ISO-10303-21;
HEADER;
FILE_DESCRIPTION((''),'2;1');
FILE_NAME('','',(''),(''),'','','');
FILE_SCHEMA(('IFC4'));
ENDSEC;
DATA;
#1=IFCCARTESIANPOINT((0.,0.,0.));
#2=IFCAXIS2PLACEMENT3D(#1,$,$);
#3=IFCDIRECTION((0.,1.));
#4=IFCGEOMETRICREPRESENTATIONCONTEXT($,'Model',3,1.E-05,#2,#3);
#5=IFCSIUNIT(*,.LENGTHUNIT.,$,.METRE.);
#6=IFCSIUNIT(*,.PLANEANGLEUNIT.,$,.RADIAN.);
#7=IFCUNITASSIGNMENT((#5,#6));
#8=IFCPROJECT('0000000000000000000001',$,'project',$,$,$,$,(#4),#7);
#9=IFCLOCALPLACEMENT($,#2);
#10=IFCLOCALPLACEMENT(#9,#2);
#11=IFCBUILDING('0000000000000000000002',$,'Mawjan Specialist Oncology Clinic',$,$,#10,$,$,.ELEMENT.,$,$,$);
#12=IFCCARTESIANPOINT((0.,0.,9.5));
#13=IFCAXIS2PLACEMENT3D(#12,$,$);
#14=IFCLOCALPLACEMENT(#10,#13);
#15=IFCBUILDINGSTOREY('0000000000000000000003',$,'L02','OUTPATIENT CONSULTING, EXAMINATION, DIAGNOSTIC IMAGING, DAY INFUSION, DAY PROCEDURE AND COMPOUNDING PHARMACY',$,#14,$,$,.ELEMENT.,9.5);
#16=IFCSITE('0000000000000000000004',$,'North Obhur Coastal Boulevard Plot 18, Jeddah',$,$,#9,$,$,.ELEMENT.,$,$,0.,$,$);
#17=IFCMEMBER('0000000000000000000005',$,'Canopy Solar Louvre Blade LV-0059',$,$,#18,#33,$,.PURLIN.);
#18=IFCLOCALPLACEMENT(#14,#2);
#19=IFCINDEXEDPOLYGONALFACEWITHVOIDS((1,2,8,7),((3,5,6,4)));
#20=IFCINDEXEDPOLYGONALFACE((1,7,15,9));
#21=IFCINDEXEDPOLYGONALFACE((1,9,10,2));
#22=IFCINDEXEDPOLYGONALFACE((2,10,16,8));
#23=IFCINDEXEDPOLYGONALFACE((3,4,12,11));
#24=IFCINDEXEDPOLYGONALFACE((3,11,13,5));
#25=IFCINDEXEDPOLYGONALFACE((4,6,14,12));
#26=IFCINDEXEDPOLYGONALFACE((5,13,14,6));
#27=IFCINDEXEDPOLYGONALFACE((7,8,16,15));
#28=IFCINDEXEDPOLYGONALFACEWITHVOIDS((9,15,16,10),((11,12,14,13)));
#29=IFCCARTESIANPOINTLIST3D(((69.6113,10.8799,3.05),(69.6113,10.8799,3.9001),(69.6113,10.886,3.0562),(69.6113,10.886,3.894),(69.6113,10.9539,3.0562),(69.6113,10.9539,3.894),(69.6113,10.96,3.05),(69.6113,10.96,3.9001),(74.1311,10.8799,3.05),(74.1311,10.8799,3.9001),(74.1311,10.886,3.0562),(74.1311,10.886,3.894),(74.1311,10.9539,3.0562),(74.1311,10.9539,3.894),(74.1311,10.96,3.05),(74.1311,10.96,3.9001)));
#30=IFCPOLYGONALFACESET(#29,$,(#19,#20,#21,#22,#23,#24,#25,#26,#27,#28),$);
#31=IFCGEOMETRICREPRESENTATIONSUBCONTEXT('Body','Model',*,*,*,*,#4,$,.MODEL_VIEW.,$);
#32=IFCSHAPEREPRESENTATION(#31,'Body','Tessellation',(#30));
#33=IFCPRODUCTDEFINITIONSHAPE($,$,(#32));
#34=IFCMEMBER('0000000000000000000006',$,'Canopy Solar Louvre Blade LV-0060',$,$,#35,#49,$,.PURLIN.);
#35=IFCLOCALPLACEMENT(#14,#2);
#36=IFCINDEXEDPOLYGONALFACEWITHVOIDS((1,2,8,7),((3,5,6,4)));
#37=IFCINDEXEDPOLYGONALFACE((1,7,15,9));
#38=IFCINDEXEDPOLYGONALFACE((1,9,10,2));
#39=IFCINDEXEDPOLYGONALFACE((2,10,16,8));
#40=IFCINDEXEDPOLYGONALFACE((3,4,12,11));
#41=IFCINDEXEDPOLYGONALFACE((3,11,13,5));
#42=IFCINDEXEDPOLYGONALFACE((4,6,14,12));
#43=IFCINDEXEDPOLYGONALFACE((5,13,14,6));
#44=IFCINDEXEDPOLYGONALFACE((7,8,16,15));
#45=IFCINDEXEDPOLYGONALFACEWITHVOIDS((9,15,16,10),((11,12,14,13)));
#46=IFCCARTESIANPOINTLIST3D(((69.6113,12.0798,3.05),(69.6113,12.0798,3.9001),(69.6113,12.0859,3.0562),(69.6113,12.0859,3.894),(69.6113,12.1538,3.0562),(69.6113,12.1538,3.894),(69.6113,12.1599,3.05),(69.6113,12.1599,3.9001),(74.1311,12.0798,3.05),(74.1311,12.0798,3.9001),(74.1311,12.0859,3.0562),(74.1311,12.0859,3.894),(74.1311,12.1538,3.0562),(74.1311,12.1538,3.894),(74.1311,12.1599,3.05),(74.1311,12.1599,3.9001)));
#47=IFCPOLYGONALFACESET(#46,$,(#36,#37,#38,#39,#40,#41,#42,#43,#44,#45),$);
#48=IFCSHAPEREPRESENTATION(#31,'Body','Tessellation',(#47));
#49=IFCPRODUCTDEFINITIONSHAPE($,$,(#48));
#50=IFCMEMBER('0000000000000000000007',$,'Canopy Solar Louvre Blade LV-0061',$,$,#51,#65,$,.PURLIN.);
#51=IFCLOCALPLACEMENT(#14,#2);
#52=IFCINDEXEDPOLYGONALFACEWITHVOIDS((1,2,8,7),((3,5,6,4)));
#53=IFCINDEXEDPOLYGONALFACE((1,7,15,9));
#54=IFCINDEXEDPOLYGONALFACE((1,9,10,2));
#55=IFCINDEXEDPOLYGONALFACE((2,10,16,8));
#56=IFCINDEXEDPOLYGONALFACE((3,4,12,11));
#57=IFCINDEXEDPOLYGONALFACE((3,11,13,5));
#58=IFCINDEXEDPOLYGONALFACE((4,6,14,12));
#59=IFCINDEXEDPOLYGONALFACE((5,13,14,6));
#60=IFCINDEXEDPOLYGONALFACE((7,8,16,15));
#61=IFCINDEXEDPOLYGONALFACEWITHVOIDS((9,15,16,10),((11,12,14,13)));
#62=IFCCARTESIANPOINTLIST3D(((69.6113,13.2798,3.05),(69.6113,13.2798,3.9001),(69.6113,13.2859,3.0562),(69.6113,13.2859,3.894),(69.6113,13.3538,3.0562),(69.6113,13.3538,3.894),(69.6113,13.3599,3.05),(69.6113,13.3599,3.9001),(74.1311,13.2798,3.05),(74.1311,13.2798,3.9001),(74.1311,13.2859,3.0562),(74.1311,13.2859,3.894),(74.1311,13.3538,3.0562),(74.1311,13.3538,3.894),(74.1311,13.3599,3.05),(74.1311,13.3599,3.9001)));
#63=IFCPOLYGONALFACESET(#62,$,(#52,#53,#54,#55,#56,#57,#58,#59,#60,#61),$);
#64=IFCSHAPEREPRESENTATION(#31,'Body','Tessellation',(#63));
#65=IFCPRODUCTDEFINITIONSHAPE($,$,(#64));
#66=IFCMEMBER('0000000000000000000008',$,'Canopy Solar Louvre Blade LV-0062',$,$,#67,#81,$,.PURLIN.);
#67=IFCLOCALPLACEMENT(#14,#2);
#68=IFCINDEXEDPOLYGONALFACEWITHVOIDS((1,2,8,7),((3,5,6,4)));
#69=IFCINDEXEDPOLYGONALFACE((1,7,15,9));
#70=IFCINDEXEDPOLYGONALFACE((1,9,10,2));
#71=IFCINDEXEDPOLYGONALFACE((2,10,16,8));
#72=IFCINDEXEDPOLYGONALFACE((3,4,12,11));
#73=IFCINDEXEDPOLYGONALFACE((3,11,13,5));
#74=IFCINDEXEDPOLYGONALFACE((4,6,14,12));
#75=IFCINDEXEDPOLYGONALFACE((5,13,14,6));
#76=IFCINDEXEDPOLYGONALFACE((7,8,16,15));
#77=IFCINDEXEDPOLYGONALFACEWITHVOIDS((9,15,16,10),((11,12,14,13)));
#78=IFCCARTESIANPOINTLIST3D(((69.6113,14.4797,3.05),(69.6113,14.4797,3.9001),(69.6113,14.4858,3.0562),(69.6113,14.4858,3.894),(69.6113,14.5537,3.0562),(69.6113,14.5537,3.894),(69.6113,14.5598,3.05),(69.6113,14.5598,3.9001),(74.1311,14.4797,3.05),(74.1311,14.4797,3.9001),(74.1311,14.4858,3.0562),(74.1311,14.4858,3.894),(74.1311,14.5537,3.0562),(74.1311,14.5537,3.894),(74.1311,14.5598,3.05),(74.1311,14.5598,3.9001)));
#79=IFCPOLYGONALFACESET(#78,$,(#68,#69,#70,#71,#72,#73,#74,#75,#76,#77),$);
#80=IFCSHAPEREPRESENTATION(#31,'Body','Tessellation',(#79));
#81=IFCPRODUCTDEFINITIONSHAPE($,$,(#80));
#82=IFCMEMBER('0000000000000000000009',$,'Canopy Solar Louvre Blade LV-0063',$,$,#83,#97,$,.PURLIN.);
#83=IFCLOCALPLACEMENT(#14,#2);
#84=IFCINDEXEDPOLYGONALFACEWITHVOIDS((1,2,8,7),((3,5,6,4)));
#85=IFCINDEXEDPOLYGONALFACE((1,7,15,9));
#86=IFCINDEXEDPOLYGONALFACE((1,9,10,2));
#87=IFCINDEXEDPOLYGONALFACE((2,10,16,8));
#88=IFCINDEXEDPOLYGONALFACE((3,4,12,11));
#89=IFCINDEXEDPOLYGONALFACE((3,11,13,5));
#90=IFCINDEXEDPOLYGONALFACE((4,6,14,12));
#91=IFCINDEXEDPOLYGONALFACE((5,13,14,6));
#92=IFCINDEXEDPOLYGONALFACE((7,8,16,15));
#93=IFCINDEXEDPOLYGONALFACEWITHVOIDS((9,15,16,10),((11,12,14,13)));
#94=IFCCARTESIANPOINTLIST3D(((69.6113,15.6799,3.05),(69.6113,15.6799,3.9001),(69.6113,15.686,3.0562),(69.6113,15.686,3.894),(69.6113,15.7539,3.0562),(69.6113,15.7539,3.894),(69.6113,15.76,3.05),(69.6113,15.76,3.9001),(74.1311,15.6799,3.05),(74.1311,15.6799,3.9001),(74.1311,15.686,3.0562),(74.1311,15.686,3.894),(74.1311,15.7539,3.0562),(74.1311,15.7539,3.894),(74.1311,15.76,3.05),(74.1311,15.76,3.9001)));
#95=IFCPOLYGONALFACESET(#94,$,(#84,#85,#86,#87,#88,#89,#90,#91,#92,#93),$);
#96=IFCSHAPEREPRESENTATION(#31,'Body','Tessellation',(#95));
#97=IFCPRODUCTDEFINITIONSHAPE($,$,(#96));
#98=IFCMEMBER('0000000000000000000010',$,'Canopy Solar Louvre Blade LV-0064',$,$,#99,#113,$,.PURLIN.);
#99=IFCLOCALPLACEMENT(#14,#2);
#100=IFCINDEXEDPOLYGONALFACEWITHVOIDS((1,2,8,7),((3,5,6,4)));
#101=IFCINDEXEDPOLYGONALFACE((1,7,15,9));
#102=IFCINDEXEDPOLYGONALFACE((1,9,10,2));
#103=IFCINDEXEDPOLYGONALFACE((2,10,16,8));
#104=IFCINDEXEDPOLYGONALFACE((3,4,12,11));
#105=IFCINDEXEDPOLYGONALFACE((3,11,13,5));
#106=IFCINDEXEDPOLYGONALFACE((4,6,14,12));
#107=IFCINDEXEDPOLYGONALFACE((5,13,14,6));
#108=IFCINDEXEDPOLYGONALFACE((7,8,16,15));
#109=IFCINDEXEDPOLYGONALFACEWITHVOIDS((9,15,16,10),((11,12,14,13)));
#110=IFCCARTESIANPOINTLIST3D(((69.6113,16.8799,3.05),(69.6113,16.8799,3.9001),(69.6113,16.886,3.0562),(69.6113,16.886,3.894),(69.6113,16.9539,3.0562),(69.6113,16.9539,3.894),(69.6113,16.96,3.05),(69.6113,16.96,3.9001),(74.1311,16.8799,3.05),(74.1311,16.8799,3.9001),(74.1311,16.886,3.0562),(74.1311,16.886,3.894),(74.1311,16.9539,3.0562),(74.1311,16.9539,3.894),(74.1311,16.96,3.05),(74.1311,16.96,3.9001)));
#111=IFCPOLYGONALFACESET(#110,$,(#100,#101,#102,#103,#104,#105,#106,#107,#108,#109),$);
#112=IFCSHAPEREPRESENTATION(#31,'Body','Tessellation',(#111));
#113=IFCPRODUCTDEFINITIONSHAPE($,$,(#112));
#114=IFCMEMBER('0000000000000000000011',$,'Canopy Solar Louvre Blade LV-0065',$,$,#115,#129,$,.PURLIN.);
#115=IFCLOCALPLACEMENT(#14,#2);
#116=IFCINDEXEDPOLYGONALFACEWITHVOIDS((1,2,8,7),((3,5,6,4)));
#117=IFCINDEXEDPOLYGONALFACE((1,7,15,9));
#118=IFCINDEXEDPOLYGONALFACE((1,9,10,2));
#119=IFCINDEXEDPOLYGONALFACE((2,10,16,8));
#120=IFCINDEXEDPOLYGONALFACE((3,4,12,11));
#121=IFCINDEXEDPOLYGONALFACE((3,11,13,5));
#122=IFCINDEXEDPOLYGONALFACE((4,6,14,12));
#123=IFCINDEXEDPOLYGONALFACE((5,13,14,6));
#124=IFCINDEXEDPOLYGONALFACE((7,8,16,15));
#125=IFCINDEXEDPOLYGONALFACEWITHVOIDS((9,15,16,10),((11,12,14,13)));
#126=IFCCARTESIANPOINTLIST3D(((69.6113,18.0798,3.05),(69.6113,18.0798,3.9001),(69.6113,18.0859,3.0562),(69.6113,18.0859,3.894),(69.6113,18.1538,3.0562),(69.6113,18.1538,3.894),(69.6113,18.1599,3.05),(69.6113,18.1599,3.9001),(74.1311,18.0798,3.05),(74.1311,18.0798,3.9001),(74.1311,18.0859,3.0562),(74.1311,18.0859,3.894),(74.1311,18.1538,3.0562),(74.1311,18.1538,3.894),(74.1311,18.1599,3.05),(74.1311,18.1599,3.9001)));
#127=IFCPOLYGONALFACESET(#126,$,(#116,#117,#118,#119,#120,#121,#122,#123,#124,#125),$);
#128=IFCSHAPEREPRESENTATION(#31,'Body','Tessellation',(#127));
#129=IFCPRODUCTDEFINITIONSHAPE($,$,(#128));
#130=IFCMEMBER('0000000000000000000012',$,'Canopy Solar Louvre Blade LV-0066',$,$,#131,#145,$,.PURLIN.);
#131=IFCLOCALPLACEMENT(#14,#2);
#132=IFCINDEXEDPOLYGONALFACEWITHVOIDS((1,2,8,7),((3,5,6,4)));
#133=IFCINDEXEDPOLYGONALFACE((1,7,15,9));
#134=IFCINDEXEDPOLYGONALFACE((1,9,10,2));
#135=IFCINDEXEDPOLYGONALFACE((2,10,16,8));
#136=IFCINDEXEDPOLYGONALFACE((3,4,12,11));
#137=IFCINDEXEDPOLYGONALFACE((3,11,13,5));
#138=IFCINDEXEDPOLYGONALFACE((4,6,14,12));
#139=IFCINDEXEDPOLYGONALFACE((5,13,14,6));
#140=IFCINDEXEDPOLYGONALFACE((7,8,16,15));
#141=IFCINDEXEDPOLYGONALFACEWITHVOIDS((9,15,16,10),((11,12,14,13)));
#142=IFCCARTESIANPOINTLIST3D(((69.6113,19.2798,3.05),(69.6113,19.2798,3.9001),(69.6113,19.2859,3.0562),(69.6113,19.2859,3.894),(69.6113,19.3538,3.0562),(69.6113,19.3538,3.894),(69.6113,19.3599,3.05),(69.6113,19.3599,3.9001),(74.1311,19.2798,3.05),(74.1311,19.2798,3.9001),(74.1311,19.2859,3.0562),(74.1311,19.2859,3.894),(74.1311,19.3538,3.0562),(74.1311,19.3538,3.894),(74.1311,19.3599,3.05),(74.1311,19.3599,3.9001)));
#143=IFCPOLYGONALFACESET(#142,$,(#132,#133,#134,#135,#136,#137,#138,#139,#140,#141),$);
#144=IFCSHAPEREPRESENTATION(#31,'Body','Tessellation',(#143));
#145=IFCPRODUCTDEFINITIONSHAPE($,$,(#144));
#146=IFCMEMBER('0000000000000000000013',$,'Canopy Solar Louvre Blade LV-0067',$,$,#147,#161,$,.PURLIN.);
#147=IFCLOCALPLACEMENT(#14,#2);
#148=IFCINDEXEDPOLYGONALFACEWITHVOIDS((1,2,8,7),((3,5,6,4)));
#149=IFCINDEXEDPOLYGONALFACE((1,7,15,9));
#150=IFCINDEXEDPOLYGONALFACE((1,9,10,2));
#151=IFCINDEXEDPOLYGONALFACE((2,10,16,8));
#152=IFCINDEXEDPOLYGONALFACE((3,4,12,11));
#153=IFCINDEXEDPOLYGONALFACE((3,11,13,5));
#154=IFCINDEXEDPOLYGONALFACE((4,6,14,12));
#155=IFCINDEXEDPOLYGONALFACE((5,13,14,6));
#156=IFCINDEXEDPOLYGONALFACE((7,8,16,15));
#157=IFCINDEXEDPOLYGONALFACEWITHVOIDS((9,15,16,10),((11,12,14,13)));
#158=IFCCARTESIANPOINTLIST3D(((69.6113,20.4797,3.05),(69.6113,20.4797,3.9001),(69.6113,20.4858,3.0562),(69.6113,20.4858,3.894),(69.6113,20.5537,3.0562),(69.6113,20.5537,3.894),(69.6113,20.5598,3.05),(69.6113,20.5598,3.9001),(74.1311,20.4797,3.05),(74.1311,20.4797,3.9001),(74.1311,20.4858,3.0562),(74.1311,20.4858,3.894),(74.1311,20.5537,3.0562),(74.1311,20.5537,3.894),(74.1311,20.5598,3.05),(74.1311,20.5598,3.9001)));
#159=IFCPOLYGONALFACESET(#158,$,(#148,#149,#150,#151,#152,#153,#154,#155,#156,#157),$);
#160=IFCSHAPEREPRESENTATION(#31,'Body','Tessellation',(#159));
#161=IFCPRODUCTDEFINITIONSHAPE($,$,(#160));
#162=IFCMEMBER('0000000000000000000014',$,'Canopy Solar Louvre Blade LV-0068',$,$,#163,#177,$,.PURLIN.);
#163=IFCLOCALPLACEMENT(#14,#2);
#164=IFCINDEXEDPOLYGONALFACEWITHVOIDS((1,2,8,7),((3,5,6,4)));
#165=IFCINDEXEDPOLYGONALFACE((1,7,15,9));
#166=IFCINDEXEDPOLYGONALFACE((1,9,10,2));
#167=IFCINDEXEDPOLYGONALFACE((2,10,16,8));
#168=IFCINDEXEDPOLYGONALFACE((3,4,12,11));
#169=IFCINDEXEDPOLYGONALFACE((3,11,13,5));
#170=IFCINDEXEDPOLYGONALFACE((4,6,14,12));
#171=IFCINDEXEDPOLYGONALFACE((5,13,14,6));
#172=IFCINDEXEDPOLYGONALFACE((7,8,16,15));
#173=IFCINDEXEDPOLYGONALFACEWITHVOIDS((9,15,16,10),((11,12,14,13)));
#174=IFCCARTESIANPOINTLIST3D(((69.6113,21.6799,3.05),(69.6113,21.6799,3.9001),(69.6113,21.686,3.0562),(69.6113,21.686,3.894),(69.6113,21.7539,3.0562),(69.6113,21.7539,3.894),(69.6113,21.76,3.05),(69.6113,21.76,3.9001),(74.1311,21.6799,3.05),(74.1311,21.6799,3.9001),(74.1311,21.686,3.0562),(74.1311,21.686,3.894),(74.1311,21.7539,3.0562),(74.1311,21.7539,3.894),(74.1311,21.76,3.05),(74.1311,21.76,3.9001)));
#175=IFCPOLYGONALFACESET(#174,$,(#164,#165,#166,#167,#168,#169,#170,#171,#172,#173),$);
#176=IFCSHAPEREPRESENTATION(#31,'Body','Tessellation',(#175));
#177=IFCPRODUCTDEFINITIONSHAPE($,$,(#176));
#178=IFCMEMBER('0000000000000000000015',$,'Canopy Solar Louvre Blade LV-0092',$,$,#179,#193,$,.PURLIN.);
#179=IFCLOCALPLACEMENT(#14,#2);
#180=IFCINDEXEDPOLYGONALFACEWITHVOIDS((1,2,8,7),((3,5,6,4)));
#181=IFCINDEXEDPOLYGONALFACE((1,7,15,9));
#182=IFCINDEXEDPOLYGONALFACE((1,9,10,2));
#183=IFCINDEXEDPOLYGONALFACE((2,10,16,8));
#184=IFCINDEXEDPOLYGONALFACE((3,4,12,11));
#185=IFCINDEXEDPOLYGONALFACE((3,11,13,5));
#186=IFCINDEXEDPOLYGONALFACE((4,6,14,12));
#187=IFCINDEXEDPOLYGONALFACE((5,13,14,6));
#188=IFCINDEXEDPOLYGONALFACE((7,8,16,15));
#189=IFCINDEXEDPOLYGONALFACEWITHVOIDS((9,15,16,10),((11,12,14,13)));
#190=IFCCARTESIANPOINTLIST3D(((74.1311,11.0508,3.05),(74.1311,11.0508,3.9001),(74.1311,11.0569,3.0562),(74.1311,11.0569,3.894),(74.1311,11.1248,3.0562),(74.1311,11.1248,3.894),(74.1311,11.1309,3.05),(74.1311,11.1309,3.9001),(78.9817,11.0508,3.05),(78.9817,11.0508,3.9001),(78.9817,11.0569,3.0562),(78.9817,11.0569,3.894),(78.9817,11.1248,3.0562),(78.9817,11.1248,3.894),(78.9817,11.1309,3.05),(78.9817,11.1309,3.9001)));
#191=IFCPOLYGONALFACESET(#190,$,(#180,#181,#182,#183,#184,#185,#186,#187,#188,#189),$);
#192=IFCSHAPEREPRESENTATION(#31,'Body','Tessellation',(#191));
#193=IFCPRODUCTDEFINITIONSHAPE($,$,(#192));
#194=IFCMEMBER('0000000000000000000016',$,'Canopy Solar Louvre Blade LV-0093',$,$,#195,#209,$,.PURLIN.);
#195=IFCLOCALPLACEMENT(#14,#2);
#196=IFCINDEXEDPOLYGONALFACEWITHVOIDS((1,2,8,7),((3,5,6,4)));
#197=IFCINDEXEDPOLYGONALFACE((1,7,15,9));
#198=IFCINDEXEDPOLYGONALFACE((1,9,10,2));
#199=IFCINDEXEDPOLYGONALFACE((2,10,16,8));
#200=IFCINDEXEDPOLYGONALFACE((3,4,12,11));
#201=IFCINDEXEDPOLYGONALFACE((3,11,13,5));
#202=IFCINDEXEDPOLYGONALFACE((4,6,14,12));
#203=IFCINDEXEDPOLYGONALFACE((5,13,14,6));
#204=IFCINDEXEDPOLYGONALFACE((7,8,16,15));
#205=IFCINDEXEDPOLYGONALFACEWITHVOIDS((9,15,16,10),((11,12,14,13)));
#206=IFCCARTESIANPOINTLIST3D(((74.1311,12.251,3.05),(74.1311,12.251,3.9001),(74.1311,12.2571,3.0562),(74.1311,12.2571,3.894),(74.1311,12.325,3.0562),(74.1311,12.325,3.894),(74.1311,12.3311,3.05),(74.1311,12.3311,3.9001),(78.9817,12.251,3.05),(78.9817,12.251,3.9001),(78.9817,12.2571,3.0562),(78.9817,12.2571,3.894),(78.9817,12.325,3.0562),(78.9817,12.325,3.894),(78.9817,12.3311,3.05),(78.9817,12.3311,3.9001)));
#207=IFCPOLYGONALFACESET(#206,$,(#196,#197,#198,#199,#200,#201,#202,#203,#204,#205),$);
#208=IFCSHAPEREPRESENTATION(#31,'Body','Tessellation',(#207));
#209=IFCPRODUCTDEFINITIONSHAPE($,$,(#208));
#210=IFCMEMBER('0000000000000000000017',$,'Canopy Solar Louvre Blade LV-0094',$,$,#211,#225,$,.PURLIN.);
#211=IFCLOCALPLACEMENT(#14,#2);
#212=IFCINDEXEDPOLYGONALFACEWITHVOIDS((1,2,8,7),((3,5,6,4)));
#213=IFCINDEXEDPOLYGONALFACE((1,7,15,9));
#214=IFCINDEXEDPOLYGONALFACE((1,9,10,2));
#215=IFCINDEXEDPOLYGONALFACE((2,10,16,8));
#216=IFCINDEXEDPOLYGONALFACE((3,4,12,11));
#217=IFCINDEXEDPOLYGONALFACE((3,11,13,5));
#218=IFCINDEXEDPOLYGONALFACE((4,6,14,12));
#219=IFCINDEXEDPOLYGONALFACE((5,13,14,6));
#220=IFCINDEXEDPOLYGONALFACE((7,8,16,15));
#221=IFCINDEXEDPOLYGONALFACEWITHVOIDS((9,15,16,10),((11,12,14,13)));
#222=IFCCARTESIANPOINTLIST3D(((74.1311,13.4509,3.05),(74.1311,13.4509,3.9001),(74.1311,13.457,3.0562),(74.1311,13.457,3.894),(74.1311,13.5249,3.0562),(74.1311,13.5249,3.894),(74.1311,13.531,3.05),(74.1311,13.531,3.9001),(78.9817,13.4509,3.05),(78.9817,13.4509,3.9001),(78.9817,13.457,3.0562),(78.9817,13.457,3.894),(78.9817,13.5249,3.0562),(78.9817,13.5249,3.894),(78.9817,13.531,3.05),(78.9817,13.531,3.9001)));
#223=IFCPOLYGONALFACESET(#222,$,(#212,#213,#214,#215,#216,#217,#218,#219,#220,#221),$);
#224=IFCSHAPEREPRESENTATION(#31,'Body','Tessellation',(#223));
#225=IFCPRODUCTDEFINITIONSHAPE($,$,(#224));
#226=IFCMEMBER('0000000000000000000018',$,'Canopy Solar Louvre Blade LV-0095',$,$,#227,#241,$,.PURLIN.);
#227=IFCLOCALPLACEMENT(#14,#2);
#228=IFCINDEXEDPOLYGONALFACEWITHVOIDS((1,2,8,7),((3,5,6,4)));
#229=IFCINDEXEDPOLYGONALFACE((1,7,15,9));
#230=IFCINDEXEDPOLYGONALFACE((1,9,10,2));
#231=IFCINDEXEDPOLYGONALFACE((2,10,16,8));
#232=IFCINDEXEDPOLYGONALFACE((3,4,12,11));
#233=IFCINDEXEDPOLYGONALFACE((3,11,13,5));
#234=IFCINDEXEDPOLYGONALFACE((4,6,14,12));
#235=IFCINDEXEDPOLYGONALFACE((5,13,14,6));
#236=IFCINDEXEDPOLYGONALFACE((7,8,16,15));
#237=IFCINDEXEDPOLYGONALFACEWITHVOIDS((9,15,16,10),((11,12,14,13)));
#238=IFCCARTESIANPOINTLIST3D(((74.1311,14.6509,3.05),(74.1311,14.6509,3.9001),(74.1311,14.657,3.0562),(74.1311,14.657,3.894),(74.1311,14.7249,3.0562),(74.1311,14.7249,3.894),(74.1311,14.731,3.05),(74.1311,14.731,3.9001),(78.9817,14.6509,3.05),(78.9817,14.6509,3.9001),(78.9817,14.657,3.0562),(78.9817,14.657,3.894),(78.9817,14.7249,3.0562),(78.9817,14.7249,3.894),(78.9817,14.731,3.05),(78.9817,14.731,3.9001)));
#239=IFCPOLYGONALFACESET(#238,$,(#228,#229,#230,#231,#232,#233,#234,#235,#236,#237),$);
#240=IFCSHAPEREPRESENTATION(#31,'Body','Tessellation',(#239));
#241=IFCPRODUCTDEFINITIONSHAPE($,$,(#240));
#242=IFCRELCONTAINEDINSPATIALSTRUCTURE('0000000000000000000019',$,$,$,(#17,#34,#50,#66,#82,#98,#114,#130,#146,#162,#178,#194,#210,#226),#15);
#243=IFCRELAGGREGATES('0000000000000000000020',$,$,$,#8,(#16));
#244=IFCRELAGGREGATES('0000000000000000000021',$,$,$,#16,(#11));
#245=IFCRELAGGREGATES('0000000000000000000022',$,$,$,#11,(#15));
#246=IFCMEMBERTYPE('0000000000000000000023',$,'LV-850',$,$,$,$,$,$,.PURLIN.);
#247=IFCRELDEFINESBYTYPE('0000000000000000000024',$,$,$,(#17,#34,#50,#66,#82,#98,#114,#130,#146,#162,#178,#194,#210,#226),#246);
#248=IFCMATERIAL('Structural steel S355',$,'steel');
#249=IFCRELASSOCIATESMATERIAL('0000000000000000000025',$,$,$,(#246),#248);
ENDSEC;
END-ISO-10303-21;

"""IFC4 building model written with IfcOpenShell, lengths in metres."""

from ifc_helpers import new_model, si_unit, direction, frame, origin, origin_2d, place, context, subcontext, project, spatial, hollow_rectangle, extrude, material, material_profile, profile_set, type_object, element, save


model = new_model("IFC4")

# Units and contexts
model_context = context("Model", 3, precision=1e-05, world=origin(), true_north=direction((0.0, 1.0)))
body_context = subcontext(model_context, "Body", "Model", "MODEL_VIEW")
ifc_project = project(units=[si_unit("LENGTHUNIT", "METRE"), si_unit("PLANEANGLEUNIT", "RADIAN")], contexts=[model_context])

# Site, building, storey
site_placement = place(None, origin())
site = spatial("IfcSite", under=ifc_project, at=site_placement, Name="North Obhur Coastal Boulevard Plot 18, Jeddah", CompositionType="ELEMENT", RefElevation=0.0)
building_placement = place(site_placement, origin())
building = spatial("IfcBuilding", under=site, at=building_placement, Name="Mawjan Specialist Oncology Clinic", CompositionType="ELEMENT")
storey_placement = place(building_placement, frame((0.0, 0.0, 9.5)))
storey = spatial("IfcBuildingStorey", under=building, at=storey_placement, Name="L02", Description="OUTPATIENT CONSULTING, EXAMINATION, DIAGNOSTIC IMAGING, DAY INFUSION, DAY PROCEDURE AND COMPOUNDING PHARMACY", CompositionType="ELEMENT", Elevation=9.5)

# Members
ifc_material_1 = material(Name="Structural steel S355", Category="steel")
ifc_material_profile = material_profile(ifc_material_1, hollow_rectangle(XDim=0.0801, YDim=0.8501, WallThickness=0.0061, at=origin_2d()), Name="LOUVRE 850x80x6", Category="steel")
ifc_profile_set = profile_set([ifc_material_profile], Name="Structural steel S355")
member_type = type_object("IfcMemberType", Name="LV-850", PredefinedType="PURLIN", material=ifc_profile_set)
for number, where, z_axis, x_axis, name in (
    (1, (69.6113, 10.9199, 3.4751), (1.0, 0.0, 0.0), (0.0, 1.0, 0.0), "Canopy Solar Louvre Blade LV-0059"),
    (2, (69.6113, 12.1199, 3.4751), (1.0, 0.0, 0.0), (0.0, 1.0, 0.0), "Canopy Solar Louvre Blade LV-0060"),
    (3, (69.6113, 13.3198, 3.4751), (1.0, 0.0, 0.0), (0.0, 1.0, 0.0), "Canopy Solar Louvre Blade LV-0061"),
    (4, (69.6113, 14.5198, 3.4751), (1.0, 0.0, 0.0), (0.0, 1.0, 0.0), "Canopy Solar Louvre Blade LV-0062"),
    (5, (69.6113, 15.72, 3.4751), (1.0, 0.0, 0.0), (0.0, 1.0, 0.0), "Canopy Solar Louvre Blade LV-0063"),
    (6, (69.6113, 16.9199, 3.4751), (1.0, 0.0, 0.0), (0.0, 1.0, 0.0), "Canopy Solar Louvre Blade LV-0064"),
    (7, (69.6113, 18.1199, 3.4751), (1.0, 0.0, 0.0), (0.0, 1.0, 0.0), "Canopy Solar Louvre Blade LV-0065"),
    (8, (69.6113, 19.3198, 3.4751), (1.0, 0.0, 0.0), (0.0, 1.0, 0.0), "Canopy Solar Louvre Blade LV-0066"),
    (9, (69.6113, 20.5198, 3.4751), (1.0, 0.0, 0.0), (0.0, 1.0, 0.0), "Canopy Solar Louvre Blade LV-0067"),
    (10, (69.6113, 21.72, 3.4751), (1.0, 0.0, 0.0), (0.0, 1.0, 0.0), "Canopy Solar Louvre Blade LV-0068"),
):
    element("IfcMember", number, at=place(storey_placement, frame(where, z_axis=z_axis, x_axis=x_axis)), inside=storey, type_object=member_type, Name=name, PredefinedType="PURLIN", context=body_context, shape_type="SweptSolid", body=[
        extrude(hollow_rectangle(XDim=0.0801, YDim=0.8501, WallThickness=0.0061, at=origin_2d()), origin(), (0.0, 0.0, 1.0), 4.5198),
    ])
for number, where, z_axis, x_axis, name in (
    (11, (74.1311, 11.0908, 3.4751), (1.0, 0.0, 0.0), (0.0, 1.0, 0.0), "Canopy Solar Louvre Blade LV-0092"),
    (12, (74.1311, 12.291, 3.4751), (1.0, 0.0, 0.0), (0.0, 1.0, 0.0), "Canopy Solar Louvre Blade LV-0093"),
    (13, (74.1311, 13.491, 3.4751), (1.0, 0.0, 0.0), (0.0, 1.0, 0.0), "Canopy Solar Louvre Blade LV-0094"),
    (14, (74.1311, 14.6909, 3.4751), (1.0, 0.0, 0.0), (0.0, 1.0, 0.0), "Canopy Solar Louvre Blade LV-0095"),
):
    element("IfcMember", number, at=place(storey_placement, frame(where, z_axis=z_axis, x_axis=x_axis)), inside=storey, type_object=member_type, Name=name, PredefinedType="PURLIN", context=body_context, shape_type="SweptSolid", body=[
        extrude(hollow_rectangle(XDim=0.0801, YDim=0.8501, WallThickness=0.0061, at=origin_2d()), origin(), (0.0, 0.0, 1.0), 4.8506),
    ])

save(model, "model.ifc")
